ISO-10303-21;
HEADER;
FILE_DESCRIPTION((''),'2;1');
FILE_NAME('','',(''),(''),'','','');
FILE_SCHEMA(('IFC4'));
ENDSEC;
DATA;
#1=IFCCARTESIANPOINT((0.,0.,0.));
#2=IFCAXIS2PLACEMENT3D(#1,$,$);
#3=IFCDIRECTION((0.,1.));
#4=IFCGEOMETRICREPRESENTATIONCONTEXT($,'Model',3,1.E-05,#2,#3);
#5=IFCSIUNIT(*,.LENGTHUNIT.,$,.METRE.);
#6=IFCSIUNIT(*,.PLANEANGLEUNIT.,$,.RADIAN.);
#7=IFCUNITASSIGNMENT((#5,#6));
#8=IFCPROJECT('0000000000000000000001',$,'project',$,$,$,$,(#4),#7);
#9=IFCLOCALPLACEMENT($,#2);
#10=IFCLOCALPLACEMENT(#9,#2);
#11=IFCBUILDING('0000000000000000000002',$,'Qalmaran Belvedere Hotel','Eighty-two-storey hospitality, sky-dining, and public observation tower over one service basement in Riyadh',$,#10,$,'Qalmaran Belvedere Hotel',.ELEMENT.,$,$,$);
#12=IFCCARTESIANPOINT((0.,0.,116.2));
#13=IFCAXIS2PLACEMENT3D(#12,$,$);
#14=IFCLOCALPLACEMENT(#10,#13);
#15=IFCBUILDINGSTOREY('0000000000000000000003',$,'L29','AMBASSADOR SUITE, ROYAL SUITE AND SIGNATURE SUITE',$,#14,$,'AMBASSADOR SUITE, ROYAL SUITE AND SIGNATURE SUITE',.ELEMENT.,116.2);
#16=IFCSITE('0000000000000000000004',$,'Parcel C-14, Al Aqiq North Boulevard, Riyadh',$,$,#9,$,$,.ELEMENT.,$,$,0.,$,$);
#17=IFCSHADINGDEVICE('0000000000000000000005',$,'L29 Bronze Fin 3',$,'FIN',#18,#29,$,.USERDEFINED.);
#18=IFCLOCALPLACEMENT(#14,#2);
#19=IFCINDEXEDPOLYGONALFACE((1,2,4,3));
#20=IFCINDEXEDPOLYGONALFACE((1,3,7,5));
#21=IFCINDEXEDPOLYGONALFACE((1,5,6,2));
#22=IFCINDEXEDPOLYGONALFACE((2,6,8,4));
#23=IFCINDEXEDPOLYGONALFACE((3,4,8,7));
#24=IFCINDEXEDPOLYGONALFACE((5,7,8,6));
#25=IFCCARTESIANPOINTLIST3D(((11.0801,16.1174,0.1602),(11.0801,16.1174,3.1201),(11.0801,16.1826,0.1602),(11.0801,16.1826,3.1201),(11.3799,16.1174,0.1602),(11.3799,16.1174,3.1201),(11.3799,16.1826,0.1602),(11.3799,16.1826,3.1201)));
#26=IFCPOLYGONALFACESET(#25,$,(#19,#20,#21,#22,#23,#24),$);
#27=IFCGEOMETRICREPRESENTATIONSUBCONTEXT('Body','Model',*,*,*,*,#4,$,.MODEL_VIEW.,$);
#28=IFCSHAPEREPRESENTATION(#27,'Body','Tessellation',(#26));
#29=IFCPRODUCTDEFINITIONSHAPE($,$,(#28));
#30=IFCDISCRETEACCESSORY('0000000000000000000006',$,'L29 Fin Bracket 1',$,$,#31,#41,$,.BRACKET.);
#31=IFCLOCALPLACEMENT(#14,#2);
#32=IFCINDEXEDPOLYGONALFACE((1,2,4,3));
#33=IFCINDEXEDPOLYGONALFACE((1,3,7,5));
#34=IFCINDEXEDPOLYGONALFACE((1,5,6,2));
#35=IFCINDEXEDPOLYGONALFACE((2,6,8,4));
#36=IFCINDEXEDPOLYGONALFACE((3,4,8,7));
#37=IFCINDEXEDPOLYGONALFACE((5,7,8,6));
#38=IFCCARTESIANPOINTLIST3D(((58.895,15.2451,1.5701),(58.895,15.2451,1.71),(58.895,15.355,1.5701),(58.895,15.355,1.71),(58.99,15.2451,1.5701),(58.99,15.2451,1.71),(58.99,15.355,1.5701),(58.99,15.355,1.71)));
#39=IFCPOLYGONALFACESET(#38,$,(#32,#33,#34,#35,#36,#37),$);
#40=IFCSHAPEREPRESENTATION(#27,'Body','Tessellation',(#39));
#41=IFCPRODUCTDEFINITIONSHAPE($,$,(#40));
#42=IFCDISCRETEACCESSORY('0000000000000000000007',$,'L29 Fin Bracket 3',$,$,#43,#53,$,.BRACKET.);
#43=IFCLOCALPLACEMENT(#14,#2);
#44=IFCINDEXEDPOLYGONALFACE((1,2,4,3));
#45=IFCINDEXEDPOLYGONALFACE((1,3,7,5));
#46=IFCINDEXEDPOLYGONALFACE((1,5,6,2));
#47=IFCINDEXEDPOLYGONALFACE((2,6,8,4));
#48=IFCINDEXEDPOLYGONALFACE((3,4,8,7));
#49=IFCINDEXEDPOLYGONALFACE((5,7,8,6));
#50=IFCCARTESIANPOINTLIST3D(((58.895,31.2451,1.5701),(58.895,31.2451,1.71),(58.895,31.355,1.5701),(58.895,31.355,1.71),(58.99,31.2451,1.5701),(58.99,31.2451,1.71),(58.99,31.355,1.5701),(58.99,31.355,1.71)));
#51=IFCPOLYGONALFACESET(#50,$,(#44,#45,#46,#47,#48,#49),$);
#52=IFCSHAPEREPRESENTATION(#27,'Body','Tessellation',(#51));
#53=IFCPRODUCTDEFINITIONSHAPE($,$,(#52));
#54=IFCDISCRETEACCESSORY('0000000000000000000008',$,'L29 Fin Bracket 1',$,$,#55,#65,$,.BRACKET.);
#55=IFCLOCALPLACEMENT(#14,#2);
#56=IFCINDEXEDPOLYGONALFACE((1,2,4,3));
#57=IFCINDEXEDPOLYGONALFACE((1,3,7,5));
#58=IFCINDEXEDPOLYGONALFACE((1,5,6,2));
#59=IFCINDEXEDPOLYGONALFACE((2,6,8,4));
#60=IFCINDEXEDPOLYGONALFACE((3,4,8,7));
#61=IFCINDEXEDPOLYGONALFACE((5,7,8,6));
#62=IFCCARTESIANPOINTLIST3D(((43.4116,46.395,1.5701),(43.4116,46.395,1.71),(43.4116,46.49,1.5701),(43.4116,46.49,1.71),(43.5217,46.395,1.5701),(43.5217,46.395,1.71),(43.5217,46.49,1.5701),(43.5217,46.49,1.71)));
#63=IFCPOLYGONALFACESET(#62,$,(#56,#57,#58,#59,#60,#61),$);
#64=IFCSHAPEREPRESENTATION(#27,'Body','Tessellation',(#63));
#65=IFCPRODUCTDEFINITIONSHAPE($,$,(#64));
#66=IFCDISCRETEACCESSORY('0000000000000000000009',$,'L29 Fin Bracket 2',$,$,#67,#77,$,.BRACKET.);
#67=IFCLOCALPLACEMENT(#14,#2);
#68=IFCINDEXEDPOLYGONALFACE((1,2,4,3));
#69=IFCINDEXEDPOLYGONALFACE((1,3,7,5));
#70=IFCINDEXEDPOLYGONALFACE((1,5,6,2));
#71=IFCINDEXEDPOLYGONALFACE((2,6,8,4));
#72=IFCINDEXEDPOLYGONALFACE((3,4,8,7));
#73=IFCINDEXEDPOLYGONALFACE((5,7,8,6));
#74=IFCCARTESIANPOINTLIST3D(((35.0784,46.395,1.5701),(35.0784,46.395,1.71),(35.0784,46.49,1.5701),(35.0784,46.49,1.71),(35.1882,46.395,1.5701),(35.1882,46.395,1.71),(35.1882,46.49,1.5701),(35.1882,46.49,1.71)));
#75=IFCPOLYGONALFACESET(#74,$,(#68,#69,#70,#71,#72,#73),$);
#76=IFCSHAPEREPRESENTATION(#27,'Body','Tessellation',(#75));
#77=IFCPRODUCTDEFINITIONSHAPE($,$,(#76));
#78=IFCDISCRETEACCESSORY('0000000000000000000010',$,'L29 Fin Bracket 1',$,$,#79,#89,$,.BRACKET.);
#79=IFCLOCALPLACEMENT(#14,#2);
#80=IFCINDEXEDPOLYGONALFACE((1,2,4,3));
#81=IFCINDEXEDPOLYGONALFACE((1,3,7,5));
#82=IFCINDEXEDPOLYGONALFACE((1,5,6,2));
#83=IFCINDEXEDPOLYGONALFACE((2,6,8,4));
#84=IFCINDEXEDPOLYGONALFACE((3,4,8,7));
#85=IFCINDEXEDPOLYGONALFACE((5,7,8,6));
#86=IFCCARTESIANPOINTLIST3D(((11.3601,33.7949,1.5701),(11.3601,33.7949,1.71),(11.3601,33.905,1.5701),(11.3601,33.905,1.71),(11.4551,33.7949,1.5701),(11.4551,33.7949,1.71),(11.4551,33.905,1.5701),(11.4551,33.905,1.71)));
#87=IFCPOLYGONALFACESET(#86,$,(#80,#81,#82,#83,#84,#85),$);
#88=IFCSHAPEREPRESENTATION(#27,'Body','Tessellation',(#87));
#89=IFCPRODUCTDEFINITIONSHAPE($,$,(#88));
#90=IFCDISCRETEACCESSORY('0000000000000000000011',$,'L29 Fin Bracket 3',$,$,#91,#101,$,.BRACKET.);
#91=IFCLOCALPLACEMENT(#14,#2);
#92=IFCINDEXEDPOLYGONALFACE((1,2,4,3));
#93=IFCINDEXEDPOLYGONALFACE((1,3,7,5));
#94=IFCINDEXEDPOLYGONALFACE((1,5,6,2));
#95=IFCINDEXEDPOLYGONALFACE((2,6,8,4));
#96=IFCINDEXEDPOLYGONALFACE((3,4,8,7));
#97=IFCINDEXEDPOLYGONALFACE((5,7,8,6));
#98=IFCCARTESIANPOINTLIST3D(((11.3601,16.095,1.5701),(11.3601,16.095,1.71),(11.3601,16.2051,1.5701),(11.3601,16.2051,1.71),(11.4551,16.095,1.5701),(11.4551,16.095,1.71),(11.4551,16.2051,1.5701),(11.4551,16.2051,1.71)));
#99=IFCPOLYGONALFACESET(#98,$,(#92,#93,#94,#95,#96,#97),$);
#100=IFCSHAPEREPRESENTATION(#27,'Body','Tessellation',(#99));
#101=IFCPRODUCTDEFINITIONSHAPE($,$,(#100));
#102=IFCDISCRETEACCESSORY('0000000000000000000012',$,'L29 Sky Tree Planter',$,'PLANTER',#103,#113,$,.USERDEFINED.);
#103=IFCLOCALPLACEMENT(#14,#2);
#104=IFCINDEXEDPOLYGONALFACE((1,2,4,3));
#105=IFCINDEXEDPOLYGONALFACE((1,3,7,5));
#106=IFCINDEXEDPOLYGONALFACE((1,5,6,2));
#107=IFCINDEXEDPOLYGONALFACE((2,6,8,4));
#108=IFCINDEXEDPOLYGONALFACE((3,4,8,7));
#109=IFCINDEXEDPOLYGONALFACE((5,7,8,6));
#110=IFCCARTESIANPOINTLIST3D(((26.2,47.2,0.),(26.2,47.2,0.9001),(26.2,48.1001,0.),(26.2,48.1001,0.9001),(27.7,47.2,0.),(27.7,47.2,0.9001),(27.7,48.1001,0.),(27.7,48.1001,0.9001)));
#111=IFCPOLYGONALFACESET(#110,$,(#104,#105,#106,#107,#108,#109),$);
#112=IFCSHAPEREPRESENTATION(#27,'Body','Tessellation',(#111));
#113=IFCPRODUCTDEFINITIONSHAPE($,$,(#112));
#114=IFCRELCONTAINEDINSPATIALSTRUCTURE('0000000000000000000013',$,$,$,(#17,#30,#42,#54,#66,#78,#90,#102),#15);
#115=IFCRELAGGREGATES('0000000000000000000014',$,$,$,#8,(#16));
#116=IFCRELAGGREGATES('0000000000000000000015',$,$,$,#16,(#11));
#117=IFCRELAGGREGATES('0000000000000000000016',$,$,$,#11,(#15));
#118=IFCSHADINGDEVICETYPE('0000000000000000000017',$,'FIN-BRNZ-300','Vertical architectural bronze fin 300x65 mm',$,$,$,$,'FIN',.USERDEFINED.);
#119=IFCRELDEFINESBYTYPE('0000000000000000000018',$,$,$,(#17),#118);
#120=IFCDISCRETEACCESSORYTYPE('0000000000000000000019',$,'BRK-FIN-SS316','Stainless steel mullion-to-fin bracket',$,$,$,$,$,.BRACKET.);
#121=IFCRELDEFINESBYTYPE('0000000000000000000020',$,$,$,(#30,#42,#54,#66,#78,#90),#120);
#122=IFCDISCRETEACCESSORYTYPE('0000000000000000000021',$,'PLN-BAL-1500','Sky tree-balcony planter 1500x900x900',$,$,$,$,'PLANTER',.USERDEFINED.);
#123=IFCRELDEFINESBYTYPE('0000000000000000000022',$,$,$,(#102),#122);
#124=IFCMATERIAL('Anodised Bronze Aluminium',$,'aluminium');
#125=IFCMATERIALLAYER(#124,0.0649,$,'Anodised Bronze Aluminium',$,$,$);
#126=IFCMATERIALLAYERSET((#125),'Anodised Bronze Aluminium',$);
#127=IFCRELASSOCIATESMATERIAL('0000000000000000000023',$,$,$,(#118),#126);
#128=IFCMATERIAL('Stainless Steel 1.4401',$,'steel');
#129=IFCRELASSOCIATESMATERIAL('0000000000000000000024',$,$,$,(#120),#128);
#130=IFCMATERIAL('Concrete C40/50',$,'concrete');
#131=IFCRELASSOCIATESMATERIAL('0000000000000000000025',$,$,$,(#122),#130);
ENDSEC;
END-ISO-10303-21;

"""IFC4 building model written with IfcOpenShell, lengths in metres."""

from ifc_helpers import new_model, si_unit, direction, frame, origin, place, context, subcontext, project, spatial, polyline, outline, extrude, material, layer, layer_set, type_object, element, save


model = new_model("IFC4")

# Units and contexts
model_context = context("Model", 3, precision=1e-05, world=origin(), true_north=direction((0.0, 1.0)))
body_context = subcontext(model_context, "Body", "Model", "MODEL_VIEW")
ifc_project = project(units=[si_unit("LENGTHUNIT", "METRE"), si_unit("PLANEANGLEUNIT", "RADIAN")], contexts=[model_context])

# Site, building, storey
site_placement = place(None, origin())
site = spatial("IfcSite", under=ifc_project, at=site_placement, Name="Parcel C-14, Al Aqiq North Boulevard, Riyadh", CompositionType="ELEMENT", RefElevation=0.0)
building_placement = place(site_placement, origin())
building = spatial("IfcBuilding", under=site, at=building_placement, Name="Qalmaran Belvedere Hotel", Description="Eighty-two-storey hospitality, sky-dining, and public observation tower over one service basement in Riyadh", LongName="Qalmaran Belvedere Hotel", CompositionType="ELEMENT")
storey_placement = place(building_placement, frame((0.0, 0.0, 116.2)))
storey = spatial("IfcBuildingStorey", under=building, at=storey_placement, Name="L29", Description="AMBASSADOR SUITE, ROYAL SUITE AND SIGNATURE SUITE", LongName="AMBASSADOR SUITE, ROYAL SUITE AND SIGNATURE SUITE", CompositionType="ELEMENT", Elevation=116.2)

# Shared definitions
ifc_material_1 = material(Name="Anodised Bronze Aluminium", Category="aluminium")

# Shared definitions
ifc_material_2 = material(Name="Concrete C40/50", Category="concrete")

# Shading device
ifc_layer_1 = layer(ifc_material_1, 0.0649, Name="Anodised Bronze Aluminium")
ifc_layer_set_1 = layer_set([ifc_layer_1], Name="Anodised Bronze Aluminium")
shading_device_type = type_object("IfcShadingDeviceType", Name="FIN-BRNZ-300", Description="Vertical architectural bronze fin 300x65 mm", ElementType="FIN", PredefinedType="USERDEFINED", material=ifc_layer_set_1)
shading_device_1_placement = place(storey_placement, frame((0.0, 0.0, 0.1602)))
element("IfcShadingDevice", 1, at=shading_device_1_placement, inside=storey, type_object=shading_device_type, Name="L29 Bronze Fin 3", ObjectType="FIN", PredefinedType="USERDEFINED", context=body_context, shape_type="SweptSolid", body=[
    extrude(outline(polyline([(11.3799, 16.1826), (11.0801, 16.1826), (11.0801, 16.1174), (11.3799, 16.1174), (11.3799, 16.1826)])), origin(), (0.0, 0.0, 1.0), 2.96),
])

# Discrete accessories
ifc_material_3 = material(Name="Stainless Steel 1.4401", Category="steel")
discrete_accessory_type_1 = type_object("IfcDiscreteAccessoryType", Name="BRK-FIN-SS316", Description="Stainless steel mullion-to-fin bracket", PredefinedType="BRACKET", material=ifc_material_3)
discrete_accessory_1_placement = place(storey_placement, frame((0.0, 0.0, 1.5701)))
element("IfcDiscreteAccessory", 2, at=discrete_accessory_1_placement, inside=storey, type_object=discrete_accessory_type_1, Name="L29 Fin Bracket 1", PredefinedType="BRACKET", context=body_context, shape_type="SweptSolid", body=[
    extrude(outline(polyline([(58.895, 15.2451), (58.99, 15.2451), (58.99, 15.355), (58.895, 15.355), (58.895, 15.2451)])), origin(), (0.0, 0.0, 1.0), 0.1399),
])
discrete_accessory_2_placement = place(storey_placement, frame((0.0, 0.0, 1.5701)))
element("IfcDiscreteAccessory", 3, at=discrete_accessory_2_placement, inside=storey, type_object=discrete_accessory_type_1, Name="L29 Fin Bracket 3", PredefinedType="BRACKET", context=body_context, shape_type="SweptSolid", body=[
    extrude(outline(polyline([(58.895, 31.2451), (58.99, 31.2451), (58.99, 31.355), (58.895, 31.355), (58.895, 31.2451)])), origin(), (0.0, 0.0, 1.0), 0.1399),
])
discrete_accessory_3_placement = place(storey_placement, frame((0.0, 0.0, 1.5701)))
element("IfcDiscreteAccessory", 4, at=discrete_accessory_3_placement, inside=storey, type_object=discrete_accessory_type_1, Name="L29 Fin Bracket 1", PredefinedType="BRACKET", context=body_context, shape_type="SweptSolid", body=[
    extrude(outline(polyline([(43.5217, 46.395), (43.5217, 46.49), (43.4116, 46.49), (43.4116, 46.395), (43.5217, 46.395)])), origin(), (0.0, 0.0, 1.0), 0.1399),
])
discrete_accessory_4_placement = place(storey_placement, frame((0.0, 0.0, 1.5701)))
element("IfcDiscreteAccessory", 5, at=discrete_accessory_4_placement, inside=storey, type_object=discrete_accessory_type_1, Name="L29 Fin Bracket 2", PredefinedType="BRACKET", context=body_context, shape_type="SweptSolid", body=[
    extrude(outline(polyline([(35.1882, 46.395), (35.1882, 46.49), (35.0784, 46.49), (35.0784, 46.395), (35.1882, 46.395)])), origin(), (0.0, 0.0, 1.0), 0.1399),
])
discrete_accessory_5_placement = place(storey_placement, frame((0.0, 0.0, 1.5701)))
element("IfcDiscreteAccessory", 6, at=discrete_accessory_5_placement, inside=storey, type_object=discrete_accessory_type_1, Name="L29 Fin Bracket 1", PredefinedType="BRACKET", context=body_context, shape_type="SweptSolid", body=[
    extrude(outline(polyline([(11.4551, 33.905), (11.3601, 33.905), (11.3601, 33.7949), (11.4551, 33.7949), (11.4551, 33.905)])), origin(), (0.0, 0.0, 1.0), 0.1399),
])
discrete_accessory_6_placement = place(storey_placement, frame((0.0, 0.0, 1.5701)))
element("IfcDiscreteAccessory", 7, at=discrete_accessory_6_placement, inside=storey, type_object=discrete_accessory_type_1, Name="L29 Fin Bracket 3", PredefinedType="BRACKET", context=body_context, shape_type="SweptSolid", body=[
    extrude(outline(polyline([(11.4551, 16.2051), (11.3601, 16.2051), (11.3601, 16.095), (11.4551, 16.095), (11.4551, 16.2051)])), origin(), (0.0, 0.0, 1.0), 0.1399),
])
discrete_accessory_type_2 = type_object("IfcDiscreteAccessoryType", Name="PLN-BAL-1500", Description="Sky tree-balcony planter 1500x900x900", ElementType="PLANTER", PredefinedType="USERDEFINED", material=ifc_material_2)
discrete_accessory_7_placement = place(storey_placement, origin())
element("IfcDiscreteAccessory", 8, at=discrete_accessory_7_placement, inside=storey, type_object=discrete_accessory_type_2, Name="L29 Sky Tree Planter", ObjectType="PLANTER", PredefinedType="USERDEFINED", context=body_context, shape_type="SweptSolid", body=[
    extrude(outline(polyline([(26.2, 47.2), (27.7, 47.2), (27.7, 48.1001), (26.2, 48.1001), (26.2, 47.2)])), origin(), (0.0, 0.0, 1.0), 0.9001),
])

save(model, "model.ifc")
